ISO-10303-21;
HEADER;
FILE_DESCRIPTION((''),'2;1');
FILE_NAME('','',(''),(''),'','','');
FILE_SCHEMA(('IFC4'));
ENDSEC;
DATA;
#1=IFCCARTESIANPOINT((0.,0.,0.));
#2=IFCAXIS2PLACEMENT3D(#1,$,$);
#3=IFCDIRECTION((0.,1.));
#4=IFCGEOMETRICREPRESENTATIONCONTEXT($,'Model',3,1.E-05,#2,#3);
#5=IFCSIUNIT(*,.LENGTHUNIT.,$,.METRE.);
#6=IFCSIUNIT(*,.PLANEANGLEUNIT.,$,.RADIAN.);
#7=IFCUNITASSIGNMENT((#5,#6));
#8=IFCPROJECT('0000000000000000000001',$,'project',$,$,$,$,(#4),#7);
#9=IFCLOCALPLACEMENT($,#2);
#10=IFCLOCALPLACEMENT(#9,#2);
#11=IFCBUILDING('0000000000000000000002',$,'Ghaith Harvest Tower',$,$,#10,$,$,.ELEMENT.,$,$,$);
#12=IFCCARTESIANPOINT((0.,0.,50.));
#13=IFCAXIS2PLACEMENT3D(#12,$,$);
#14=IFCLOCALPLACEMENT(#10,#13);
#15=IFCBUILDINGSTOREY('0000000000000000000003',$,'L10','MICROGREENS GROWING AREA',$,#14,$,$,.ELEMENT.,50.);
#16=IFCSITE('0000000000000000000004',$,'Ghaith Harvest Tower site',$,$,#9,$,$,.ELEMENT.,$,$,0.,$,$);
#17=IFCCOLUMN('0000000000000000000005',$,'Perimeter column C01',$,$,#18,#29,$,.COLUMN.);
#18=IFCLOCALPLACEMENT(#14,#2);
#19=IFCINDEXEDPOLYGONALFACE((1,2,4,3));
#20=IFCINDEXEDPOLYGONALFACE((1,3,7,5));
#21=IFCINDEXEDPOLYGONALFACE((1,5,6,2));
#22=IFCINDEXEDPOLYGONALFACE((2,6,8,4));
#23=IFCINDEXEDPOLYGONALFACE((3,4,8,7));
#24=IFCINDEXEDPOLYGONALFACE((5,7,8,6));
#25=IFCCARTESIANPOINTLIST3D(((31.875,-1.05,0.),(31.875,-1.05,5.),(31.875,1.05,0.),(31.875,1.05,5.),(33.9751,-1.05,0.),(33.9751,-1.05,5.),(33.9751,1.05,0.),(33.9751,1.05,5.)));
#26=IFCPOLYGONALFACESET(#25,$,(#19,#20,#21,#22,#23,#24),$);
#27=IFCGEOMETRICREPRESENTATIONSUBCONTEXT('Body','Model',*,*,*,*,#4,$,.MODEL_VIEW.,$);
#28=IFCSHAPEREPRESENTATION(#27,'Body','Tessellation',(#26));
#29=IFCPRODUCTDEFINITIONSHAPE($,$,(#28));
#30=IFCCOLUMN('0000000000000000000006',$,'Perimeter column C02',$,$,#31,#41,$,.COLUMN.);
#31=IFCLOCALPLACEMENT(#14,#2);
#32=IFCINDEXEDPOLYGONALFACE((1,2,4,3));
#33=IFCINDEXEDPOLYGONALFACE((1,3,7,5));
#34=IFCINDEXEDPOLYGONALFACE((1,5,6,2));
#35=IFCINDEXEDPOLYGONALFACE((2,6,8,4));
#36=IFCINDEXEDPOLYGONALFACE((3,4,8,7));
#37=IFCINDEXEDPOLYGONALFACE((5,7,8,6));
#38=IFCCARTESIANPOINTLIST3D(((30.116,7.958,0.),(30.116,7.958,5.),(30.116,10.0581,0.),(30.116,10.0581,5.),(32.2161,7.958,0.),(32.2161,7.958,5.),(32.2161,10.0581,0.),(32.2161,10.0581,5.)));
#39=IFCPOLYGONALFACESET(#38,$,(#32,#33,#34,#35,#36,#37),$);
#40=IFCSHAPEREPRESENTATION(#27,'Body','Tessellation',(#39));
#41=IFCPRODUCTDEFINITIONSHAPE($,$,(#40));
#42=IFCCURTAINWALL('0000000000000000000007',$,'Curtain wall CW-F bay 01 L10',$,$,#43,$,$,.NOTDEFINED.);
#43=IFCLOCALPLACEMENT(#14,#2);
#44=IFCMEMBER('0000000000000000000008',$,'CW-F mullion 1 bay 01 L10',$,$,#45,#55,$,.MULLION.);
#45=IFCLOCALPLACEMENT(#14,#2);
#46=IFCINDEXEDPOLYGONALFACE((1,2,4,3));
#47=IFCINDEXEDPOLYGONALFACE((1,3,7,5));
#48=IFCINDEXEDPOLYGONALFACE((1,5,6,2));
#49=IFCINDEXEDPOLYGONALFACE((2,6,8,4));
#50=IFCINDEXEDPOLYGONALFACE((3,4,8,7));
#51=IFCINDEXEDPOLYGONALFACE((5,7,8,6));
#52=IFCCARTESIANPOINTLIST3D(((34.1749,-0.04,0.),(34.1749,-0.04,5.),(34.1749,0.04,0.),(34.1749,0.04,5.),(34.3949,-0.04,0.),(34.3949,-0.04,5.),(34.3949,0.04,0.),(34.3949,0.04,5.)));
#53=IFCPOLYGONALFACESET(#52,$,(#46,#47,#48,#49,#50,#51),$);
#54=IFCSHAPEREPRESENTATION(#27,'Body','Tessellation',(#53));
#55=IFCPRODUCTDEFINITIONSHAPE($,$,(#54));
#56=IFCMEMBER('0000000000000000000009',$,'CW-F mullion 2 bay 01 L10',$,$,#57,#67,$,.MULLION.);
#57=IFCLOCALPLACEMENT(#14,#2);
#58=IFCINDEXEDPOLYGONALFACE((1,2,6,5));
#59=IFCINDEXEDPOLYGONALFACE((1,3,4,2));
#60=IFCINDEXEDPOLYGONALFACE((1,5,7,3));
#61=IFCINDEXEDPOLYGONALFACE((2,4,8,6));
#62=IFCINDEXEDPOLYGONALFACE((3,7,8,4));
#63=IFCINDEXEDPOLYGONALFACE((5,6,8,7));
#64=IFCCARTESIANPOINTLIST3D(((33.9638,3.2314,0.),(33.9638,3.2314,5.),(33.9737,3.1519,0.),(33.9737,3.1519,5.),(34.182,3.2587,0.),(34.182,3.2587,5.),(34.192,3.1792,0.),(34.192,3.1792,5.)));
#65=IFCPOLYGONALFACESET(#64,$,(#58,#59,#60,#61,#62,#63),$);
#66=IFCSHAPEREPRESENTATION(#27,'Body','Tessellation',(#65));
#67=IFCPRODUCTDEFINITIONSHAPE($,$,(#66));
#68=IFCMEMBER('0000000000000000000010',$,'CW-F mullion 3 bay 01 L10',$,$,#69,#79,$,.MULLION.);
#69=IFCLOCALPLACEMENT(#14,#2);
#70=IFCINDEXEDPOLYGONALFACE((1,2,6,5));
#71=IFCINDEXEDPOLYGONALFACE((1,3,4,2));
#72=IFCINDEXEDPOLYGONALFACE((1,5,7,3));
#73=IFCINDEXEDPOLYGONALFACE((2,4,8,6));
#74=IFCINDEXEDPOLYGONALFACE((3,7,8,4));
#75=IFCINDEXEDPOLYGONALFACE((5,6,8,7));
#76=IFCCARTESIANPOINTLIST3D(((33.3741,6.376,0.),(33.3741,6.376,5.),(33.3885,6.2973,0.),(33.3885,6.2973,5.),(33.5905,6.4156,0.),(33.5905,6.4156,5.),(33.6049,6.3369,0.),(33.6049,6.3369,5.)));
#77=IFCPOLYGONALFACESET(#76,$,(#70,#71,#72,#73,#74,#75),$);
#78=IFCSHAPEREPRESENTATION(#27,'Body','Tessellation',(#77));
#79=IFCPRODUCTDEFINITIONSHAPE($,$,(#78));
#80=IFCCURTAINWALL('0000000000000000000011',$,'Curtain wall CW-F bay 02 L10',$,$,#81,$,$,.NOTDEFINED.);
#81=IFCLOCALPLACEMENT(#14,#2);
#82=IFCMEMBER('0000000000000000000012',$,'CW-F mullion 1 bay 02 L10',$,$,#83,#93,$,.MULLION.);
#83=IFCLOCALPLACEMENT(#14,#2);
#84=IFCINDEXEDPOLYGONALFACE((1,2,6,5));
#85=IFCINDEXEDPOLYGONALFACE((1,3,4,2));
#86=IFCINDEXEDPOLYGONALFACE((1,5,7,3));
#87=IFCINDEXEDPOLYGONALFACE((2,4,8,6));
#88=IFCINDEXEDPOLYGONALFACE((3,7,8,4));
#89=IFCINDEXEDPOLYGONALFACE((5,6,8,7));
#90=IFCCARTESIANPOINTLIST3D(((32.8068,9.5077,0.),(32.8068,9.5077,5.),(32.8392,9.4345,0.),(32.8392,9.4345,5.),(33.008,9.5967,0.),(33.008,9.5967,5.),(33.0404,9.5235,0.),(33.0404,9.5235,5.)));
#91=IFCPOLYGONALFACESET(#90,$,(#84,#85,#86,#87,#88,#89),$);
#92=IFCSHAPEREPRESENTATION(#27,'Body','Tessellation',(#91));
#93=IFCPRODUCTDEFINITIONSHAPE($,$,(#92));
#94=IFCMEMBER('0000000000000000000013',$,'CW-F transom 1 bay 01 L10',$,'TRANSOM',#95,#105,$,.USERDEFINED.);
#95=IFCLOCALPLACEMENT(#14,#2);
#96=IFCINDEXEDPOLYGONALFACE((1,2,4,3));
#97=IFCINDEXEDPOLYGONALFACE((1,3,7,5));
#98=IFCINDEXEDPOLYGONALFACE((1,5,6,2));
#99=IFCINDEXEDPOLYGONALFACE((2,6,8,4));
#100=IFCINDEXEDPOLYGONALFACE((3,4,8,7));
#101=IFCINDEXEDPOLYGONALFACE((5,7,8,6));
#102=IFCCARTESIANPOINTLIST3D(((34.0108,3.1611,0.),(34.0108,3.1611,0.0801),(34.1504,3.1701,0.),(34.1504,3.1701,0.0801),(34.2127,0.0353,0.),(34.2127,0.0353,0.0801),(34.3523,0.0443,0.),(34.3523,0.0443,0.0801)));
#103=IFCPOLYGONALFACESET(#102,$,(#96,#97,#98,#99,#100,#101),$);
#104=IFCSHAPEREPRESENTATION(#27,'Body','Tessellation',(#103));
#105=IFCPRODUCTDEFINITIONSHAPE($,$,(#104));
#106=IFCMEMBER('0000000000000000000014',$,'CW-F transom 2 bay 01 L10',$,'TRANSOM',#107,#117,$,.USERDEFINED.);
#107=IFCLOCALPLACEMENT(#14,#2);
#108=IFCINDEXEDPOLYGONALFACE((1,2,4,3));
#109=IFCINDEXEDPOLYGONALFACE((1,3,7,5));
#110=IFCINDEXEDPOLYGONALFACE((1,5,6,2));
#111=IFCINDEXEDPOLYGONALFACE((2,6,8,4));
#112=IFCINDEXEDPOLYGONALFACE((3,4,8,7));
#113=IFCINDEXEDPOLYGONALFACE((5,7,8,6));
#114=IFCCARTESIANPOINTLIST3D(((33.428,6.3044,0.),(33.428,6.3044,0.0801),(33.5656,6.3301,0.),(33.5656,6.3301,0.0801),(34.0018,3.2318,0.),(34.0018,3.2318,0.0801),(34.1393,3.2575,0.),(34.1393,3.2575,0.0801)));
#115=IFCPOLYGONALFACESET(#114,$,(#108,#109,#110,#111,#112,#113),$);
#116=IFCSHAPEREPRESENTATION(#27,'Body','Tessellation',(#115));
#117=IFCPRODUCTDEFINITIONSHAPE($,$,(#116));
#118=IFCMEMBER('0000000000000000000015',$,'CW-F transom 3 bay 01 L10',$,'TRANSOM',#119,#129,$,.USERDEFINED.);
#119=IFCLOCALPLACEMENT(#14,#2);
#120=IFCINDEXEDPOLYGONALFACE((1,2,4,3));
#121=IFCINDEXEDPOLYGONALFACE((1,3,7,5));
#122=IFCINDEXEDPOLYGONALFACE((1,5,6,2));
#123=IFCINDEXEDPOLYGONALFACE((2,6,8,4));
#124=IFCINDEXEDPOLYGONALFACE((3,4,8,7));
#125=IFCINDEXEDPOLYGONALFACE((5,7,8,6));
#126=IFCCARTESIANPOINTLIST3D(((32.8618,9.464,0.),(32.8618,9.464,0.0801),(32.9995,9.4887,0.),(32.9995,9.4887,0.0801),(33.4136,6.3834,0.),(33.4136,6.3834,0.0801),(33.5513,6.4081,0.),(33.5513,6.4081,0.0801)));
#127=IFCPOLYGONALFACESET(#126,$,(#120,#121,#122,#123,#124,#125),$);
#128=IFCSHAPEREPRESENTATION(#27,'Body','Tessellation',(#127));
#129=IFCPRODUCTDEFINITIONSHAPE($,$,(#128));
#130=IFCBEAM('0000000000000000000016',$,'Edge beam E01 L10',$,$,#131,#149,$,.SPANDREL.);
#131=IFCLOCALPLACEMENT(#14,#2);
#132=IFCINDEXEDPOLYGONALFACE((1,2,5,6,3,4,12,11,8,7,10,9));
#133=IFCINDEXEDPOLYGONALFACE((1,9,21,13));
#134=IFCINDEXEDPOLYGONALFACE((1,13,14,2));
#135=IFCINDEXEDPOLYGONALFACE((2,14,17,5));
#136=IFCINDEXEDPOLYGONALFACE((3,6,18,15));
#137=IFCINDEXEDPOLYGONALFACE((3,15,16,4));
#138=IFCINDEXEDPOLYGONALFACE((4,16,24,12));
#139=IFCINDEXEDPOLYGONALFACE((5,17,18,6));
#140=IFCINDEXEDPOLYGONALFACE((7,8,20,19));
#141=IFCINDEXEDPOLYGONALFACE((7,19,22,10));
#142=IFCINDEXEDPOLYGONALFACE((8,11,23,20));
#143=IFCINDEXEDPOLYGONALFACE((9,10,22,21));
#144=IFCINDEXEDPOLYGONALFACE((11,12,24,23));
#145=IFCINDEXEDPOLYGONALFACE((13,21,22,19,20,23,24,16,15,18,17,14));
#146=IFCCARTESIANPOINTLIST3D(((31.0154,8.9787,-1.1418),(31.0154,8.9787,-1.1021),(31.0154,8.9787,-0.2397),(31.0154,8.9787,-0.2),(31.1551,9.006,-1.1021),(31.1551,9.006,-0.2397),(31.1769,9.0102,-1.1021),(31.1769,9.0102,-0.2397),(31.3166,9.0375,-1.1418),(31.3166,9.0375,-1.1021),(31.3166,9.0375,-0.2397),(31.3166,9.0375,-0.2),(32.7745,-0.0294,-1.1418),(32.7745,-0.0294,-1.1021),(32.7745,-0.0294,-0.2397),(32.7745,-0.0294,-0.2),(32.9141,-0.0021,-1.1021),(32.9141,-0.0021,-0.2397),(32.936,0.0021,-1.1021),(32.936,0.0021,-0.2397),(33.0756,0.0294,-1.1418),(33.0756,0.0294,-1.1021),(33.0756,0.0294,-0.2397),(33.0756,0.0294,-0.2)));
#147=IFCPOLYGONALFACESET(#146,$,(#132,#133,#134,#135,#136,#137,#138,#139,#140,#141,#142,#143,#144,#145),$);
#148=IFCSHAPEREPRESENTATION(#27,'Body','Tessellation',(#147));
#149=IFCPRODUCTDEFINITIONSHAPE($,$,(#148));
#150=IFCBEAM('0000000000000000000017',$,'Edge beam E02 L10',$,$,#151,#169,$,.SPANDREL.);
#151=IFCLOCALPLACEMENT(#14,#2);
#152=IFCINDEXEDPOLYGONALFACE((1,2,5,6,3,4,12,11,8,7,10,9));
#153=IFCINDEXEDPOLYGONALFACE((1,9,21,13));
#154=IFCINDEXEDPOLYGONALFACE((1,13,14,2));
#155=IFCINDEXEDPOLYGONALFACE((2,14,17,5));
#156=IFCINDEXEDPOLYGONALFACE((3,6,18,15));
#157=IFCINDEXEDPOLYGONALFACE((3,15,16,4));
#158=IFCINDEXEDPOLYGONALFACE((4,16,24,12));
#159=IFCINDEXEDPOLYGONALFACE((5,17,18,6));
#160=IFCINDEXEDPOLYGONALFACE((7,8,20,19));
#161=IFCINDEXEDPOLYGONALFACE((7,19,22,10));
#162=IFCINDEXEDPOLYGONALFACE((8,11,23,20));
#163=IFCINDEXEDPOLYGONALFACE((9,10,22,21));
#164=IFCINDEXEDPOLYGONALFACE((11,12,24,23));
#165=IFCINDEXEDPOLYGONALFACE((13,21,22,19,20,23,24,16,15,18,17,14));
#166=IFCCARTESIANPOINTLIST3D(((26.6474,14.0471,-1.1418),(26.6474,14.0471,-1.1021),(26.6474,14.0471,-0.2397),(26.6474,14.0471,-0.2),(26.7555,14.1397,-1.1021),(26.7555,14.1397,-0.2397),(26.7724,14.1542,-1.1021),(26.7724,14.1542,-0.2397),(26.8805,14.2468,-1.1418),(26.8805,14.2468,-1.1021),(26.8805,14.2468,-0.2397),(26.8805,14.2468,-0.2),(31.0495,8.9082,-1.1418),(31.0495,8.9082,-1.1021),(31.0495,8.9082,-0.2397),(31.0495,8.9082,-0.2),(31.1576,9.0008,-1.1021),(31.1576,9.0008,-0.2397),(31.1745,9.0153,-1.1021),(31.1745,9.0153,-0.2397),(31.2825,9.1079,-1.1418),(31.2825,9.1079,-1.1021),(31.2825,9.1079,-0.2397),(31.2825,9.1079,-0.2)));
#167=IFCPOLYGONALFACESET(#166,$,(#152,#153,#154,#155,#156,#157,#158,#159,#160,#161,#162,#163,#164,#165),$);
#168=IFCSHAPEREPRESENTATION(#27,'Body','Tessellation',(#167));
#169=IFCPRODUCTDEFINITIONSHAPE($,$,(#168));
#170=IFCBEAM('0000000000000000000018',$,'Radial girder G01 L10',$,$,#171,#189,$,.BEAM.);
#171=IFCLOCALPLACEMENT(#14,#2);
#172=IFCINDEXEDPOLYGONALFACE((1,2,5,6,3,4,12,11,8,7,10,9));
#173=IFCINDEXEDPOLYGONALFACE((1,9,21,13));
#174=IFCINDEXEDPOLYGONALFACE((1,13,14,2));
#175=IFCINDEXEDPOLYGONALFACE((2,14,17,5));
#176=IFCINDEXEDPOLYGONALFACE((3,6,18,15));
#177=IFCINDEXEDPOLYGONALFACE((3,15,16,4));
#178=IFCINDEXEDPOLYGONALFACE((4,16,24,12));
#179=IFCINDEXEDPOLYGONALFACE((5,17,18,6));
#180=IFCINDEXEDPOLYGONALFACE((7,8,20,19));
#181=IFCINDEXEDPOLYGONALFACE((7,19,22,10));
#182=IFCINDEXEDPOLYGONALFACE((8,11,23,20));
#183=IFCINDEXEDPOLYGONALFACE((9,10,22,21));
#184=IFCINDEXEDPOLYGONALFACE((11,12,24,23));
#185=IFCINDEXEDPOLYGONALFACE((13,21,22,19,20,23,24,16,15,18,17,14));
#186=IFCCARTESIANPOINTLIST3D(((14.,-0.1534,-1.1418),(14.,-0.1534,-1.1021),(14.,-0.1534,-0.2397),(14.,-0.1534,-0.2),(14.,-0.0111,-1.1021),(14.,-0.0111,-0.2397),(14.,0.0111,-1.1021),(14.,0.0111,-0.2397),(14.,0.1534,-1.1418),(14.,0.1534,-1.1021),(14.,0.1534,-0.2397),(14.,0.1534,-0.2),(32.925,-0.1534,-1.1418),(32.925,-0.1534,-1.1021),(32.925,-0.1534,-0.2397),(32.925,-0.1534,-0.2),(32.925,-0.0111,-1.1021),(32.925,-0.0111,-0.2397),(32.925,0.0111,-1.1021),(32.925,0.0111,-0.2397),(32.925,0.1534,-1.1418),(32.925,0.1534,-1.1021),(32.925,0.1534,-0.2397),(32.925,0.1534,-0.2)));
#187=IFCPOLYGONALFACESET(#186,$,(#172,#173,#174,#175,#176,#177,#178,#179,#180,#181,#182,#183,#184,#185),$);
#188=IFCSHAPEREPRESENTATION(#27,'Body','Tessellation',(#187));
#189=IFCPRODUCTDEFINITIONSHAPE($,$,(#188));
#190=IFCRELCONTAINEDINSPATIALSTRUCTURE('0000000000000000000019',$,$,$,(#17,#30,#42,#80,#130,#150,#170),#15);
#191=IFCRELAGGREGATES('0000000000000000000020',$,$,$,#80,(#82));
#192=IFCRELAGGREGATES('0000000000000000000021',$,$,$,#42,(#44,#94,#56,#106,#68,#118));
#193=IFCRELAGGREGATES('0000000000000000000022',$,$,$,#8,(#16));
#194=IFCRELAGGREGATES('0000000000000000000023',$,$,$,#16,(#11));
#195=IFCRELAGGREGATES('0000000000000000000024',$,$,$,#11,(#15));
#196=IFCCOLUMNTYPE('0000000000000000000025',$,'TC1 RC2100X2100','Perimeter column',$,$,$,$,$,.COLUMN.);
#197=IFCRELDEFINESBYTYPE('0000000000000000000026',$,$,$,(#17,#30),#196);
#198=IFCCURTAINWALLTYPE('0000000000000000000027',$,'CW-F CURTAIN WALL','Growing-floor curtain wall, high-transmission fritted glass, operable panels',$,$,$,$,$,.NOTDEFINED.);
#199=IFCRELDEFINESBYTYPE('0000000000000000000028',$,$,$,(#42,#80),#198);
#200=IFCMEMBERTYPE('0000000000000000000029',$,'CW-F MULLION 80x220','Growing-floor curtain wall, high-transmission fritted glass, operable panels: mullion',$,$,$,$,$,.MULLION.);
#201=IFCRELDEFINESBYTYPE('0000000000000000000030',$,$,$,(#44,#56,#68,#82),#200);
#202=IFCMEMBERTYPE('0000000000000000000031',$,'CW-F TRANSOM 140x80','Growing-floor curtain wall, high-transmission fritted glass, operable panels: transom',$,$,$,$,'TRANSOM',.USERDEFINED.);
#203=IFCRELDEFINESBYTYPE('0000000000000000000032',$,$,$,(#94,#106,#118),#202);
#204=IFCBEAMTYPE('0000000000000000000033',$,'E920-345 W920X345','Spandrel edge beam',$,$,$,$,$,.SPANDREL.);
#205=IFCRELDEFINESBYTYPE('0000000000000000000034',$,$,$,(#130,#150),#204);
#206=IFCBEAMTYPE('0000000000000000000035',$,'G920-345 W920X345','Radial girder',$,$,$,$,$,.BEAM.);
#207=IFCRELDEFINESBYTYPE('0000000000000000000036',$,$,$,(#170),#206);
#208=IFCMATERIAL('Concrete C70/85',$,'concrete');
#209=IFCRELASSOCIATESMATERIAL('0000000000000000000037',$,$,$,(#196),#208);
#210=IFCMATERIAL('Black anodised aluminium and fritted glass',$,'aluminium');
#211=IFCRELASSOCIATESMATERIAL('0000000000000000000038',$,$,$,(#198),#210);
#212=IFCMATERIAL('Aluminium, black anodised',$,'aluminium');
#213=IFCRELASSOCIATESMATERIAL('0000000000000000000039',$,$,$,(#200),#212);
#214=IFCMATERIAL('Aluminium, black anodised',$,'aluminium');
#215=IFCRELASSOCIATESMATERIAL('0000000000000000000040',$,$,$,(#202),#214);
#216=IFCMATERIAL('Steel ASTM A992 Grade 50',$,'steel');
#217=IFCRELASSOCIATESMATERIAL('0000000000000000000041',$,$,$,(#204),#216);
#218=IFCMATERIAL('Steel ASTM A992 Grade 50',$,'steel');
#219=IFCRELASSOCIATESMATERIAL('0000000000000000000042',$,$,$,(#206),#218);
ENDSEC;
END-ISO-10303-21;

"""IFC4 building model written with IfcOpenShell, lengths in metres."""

from ifc_helpers import new_model, si_unit, direction, frame, origin, origin_2d, place, context, subcontext, project, spatial, rectangle, i_section, extrude, material, material_profile, profile_set, type_object, element, aggregate, save


model = new_model("IFC4")

# Units and contexts
model_context = context("Model", 3, precision=1e-05, world=origin(), true_north=direction((0.0, 1.0)))
body_context = subcontext(model_context, "Body", "Model", "MODEL_VIEW")
ifc_project = project(units=[si_unit("LENGTHUNIT", "METRE"), si_unit("PLANEANGLEUNIT", "RADIAN")], contexts=[model_context])

# Site, building, storey
site_placement = place(None, origin())
site = spatial("IfcSite", under=ifc_project, at=site_placement, Name="Ghaith Harvest Tower site", CompositionType="ELEMENT", RefElevation=0.0)
building_placement = place(site_placement, origin())
building = spatial("IfcBuilding", under=site, at=building_placement, Name="Ghaith Harvest Tower", CompositionType="ELEMENT")
storey_placement = place(building_placement, frame((0.0, 0.0, 50.0)))
storey = spatial("IfcBuildingStorey", under=building, at=storey_placement, Name="L10", Description="MICROGREENS GROWING AREA", CompositionType="ELEMENT", Elevation=50.0)

# Columns
ifc_material_1 = material(Name="Concrete C70/85", Category="concrete")
ifc_material_profile_1 = material_profile(ifc_material_1, rectangle(XDim=2.1001, YDim=2.1001, at=origin_2d()), Name="RC2100X2100")
ifc_profile_set_1 = profile_set([ifc_material_profile_1], Name="Concrete C70/85")
column_type = type_object("IfcColumnType", Name="TC1 RC2100X2100", Description="Perimeter column", PredefinedType="COLUMN", material=ifc_profile_set_1)
for number, where, z_axis, x_axis, name in (
    (1, (32.925, 0.0, 0.0), (0.0, 0.0, 1.0), (1.0, 0.0, 0.0), "Perimeter column C01"),
    (2, (31.166, 9.0081, 0.0), (0.0, 0.0, 1.0), (1.0, 0.0, 0.0), "Perimeter column C02"),
):
    element("IfcColumn", number, at=place(storey_placement, frame(where, z_axis=z_axis, x_axis=x_axis)), inside=storey, type_object=column_type, Name=name, PredefinedType="COLUMN", context=body_context, shape_type="SweptSolid", body=[
        extrude(rectangle(XDim=2.1001, YDim=2.1001, at=origin_2d()), origin(), (0.0, 0.0, 1.0), 5.0),
    ])

# Curtain wall, members
ifc_material_2 = material(Name="Black anodised aluminium and fritted glass", Category="aluminium")
curtain_wall_type = type_object("IfcCurtainWallType", Name="CW-F CURTAIN WALL", Description="Growing-floor curtain wall, high-transmission fritted glass, operable panels", PredefinedType="NOTDEFINED", material=ifc_material_2)
curtain_wall_1_placement = place(storey_placement, origin())
curtain_wall_1 = element("IfcCurtainWall", 3, at=curtain_wall_1_placement, inside=storey, type_object=curtain_wall_type, Name="Curtain wall CW-F bay 01 L10", PredefinedType="NOTDEFINED")
ifc_material_3 = material(Name="Aluminium, black anodised", Category="aluminium")
ifc_material_profile_2 = material_profile(ifc_material_3, rectangle(XDim=0.0801, YDim=0.22, at=origin_2d()), Name="CW-F MULLION 80x220")
ifc_profile_set_2 = profile_set([ifc_material_profile_2], Name="Aluminium, black anodised")
member_type_1 = type_object("IfcMemberType", Name="CW-F MULLION 80x220", Description="Growing-floor curtain wall, high-transmission fritted glass, operable panels: mullion", PredefinedType="MULLION", material=ifc_profile_set_2)
member_1_placement = place(storey_placement, frame((34.2849, 0.0, 0.0), z_axis=(0.0, 0.0, 1.0), x_axis=(0.0, 1.0, 0.0)))
member_1 = element("IfcMember", 4, at=member_1_placement, type_object=member_type_1, Name="CW-F mullion 1 bay 01 L10", PredefinedType="MULLION", context=body_context, shape_type="SweptSolid", body=[
    extrude(rectangle(XDim=0.0801, YDim=0.22, at=origin_2d()), origin(), (0.0, 0.0, 1.0), 5.0),
])
member_2_placement = place(storey_placement, frame((34.0779, 3.2053, 0.0), z_axis=(0.0, 0.0, 1.0), x_axis=(-0.12417, 0.992261, 0.0)))
member_2 = element("IfcMember", 5, at=member_2_placement, type_object=member_type_1, Name="CW-F mullion 2 bay 01 L10", PredefinedType="MULLION", context=body_context, shape_type="SweptSolid", body=[
    extrude(rectangle(XDim=0.0801, YDim=0.22, at=origin_2d()), origin(), (0.0, 0.0, 1.0), 5.0),
])
member_3_placement = place(storey_placement, frame((33.4895, 6.3564, 0.0), z_axis=(0.0, 0.0, 1.0), x_axis=(-0.179943, 0.983677, 0.0)))
member_3 = element("IfcMember", 6, at=member_3_placement, type_object=member_type_1, Name="CW-F mullion 3 bay 01 L10", PredefinedType="MULLION", context=body_context, shape_type="SweptSolid", body=[
    extrude(rectangle(XDim=0.0801, YDim=0.22, at=origin_2d()), origin(), (0.0, 0.0, 1.0), 5.0),
])

# Curtain wall, member
curtain_wall_2_placement = place(storey_placement, origin())
curtain_wall_2 = element("IfcCurtainWall", 7, at=curtain_wall_2_placement, inside=storey, type_object=curtain_wall_type, Name="Curtain wall CW-F bay 02 L10", PredefinedType="NOTDEFINED")
member_4_placement = place(storey_placement, frame((32.9236, 9.5156, 0.0), z_axis=(0.0, 0.0, 1.0), x_axis=(-0.404702, 0.914449, 0.0)))
member_4 = element("IfcMember", 8, at=member_4_placement, type_object=member_type_1, Name="CW-F mullion 1 bay 02 L10", PredefinedType="MULLION", context=body_context, shape_type="SweptSolid", body=[
    extrude(rectangle(XDim=0.0801, YDim=0.22, at=origin_2d()), origin(), (0.0, 0.0, 1.0), 5.0),
])
aggregate(curtain_wall_2, [member_4])

# Members
ifc_material_4 = material(Name="Aluminium, black anodised", Category="aluminium")
ifc_material_profile_3 = material_profile(ifc_material_4, rectangle(XDim=0.1399, YDim=0.0801, at=origin_2d()), Name="CW-F TRANSOM 140x80")
ifc_profile_set_3 = profile_set([ifc_material_profile_3], Name="Aluminium, black anodised")
member_type_2 = type_object("IfcMemberType", Name="CW-F TRANSOM 140x80", Description="Growing-floor curtain wall, high-transmission fritted glass, operable panels: transom", ElementType="TRANSOM", PredefinedType="USERDEFINED", material=ifc_profile_set_3)
member_5_placement = place(storey_placement, frame((34.2825, 0.0398, 0.04), z_axis=(-0.06446, 0.99792, 0.0), x_axis=(-0.99792, -0.06446, 0.0)))
member_5 = element("IfcMember", 9, at=member_5_placement, type_object=member_type_2, Name="CW-F transom 1 bay 01 L10", ObjectType="TRANSOM", PredefinedType="USERDEFINED", context=body_context, shape_type="SweptSolid", body=[
    extrude(rectangle(XDim=0.1399, YDim=0.0801, at=origin_2d()), origin(), (0.0, 0.0, 1.0), 3.1323),
])
member_6_placement = place(storey_placement, frame((34.0706, 3.2446, 0.04), z_axis=(-0.183557, 0.983009, 0.0), x_axis=(-0.983009, -0.183557, 0.0)))
member_6 = element("IfcMember", 10, at=member_6_placement, type_object=member_type_2, Name="CW-F transom 2 bay 01 L10", ObjectType="TRANSOM", PredefinedType="USERDEFINED", context=body_context, shape_type="SweptSolid", body=[
    extrude(rectangle(XDim=0.1399, YDim=0.0801, at=origin_2d()), origin(), (0.0, 0.0, 1.0), 3.1257),
])
member_7_placement = place(storey_placement, frame((33.4824, 6.3958, 0.04), z_axis=(-0.176304, 0.984336, 0.0), x_axis=(-0.984336, -0.176304, 0.0)))
member_7 = element("IfcMember", 11, at=member_7_placement, type_object=member_type_2, Name="CW-F transom 3 bay 01 L10", ObjectType="TRANSOM", PredefinedType="USERDEFINED", context=body_context, shape_type="SweptSolid", body=[
    extrude(rectangle(XDim=0.1399, YDim=0.0801, at=origin_2d()), origin(), (0.0, 0.0, 1.0), 3.1296),
])

# Beams
ifc_material_5 = material(Name="Steel ASTM A992 Grade 50", Category="steel")
ifc_material_profile_4 = material_profile(ifc_material_5, i_section(OverallWidth=0.3069, OverallDepth=0.9419, WebThickness=0.0222, FlangeThickness=0.0398, at=origin_2d()), Name="W920X345")
ifc_profile_set_4 = profile_set([ifc_material_profile_4], Name="Steel ASTM A992 Grade 50")
beam_type_1 = type_object("IfcBeamType", Name="E920-345 W920X345", Description="Spandrel edge beam", PredefinedType="SPANDREL", material=ifc_profile_set_4)
beam_1_placement = place(storey_placement, frame((32.925, 0.0, -0.6709), z_axis=(-0.191653, 0.981463, 0.0), x_axis=(-0.981463, -0.191653, 0.0)))
element("IfcBeam", 12, at=beam_1_placement, inside=storey, type_object=beam_type_1, Name="Edge beam E01 L10", PredefinedType="SPANDREL", context=body_context, shape_type="SweptSolid", body=[
    extrude(i_section(OverallWidth=0.3069, OverallDepth=0.9419, WebThickness=0.0222, FlangeThickness=0.0398, at=origin_2d()), origin(), (0.0, 0.0, 1.0), 9.1782),
])
beam_2_placement = place(storey_placement, frame((31.166, 9.0081, -0.6709), z_axis=(-0.650563, 0.759453, 0.0), x_axis=(-0.759453, -0.650563, 0.0)))
element("IfcBeam", 13, at=beam_2_placement, inside=storey, type_object=beam_type_1, Name="Edge beam E02 L10", PredefinedType="SPANDREL", context=body_context, shape_type="SweptSolid", body=[
    extrude(i_section(OverallWidth=0.3069, OverallDepth=0.9419, WebThickness=0.0222, FlangeThickness=0.0398, at=origin_2d()), origin(), (0.0, 0.0, 1.0), 6.7666),
])
ifc_material_6 = material(Name="Steel ASTM A992 Grade 50", Category="steel")
ifc_material_profile_5 = material_profile(ifc_material_6, i_section(OverallWidth=0.3069, OverallDepth=0.9419, WebThickness=0.0222, FlangeThickness=0.0398, at=origin_2d()), Name="W920X345")
ifc_profile_set_5 = profile_set([ifc_material_profile_5], Name="Steel ASTM A992 Grade 50")
beam_type_2 = type_object("IfcBeamType", Name="G920-345 W920X345", Description="Radial girder", PredefinedType="BEAM", material=ifc_profile_set_5)
beam_3_placement = place(storey_placement, frame((14.0, 0.0, -0.6709), z_axis=(1.0, 0.0, 0.0), x_axis=(0.0, 1.0, 0.0)))
element("IfcBeam", 14, at=beam_3_placement, inside=storey, type_object=beam_type_2, Name="Radial girder G01 L10", PredefinedType="BEAM", context=body_context, shape_type="SweptSolid", body=[
    extrude(i_section(OverallWidth=0.3069, OverallDepth=0.9419, WebThickness=0.0222, FlangeThickness=0.0398, at=origin_2d()), origin(), (0.0, 0.0, 1.0), 18.925),
])

aggregate(curtain_wall_1, [member_1, member_5, member_2, member_6, member_3, member_7])

save(model, "model.ifc")
